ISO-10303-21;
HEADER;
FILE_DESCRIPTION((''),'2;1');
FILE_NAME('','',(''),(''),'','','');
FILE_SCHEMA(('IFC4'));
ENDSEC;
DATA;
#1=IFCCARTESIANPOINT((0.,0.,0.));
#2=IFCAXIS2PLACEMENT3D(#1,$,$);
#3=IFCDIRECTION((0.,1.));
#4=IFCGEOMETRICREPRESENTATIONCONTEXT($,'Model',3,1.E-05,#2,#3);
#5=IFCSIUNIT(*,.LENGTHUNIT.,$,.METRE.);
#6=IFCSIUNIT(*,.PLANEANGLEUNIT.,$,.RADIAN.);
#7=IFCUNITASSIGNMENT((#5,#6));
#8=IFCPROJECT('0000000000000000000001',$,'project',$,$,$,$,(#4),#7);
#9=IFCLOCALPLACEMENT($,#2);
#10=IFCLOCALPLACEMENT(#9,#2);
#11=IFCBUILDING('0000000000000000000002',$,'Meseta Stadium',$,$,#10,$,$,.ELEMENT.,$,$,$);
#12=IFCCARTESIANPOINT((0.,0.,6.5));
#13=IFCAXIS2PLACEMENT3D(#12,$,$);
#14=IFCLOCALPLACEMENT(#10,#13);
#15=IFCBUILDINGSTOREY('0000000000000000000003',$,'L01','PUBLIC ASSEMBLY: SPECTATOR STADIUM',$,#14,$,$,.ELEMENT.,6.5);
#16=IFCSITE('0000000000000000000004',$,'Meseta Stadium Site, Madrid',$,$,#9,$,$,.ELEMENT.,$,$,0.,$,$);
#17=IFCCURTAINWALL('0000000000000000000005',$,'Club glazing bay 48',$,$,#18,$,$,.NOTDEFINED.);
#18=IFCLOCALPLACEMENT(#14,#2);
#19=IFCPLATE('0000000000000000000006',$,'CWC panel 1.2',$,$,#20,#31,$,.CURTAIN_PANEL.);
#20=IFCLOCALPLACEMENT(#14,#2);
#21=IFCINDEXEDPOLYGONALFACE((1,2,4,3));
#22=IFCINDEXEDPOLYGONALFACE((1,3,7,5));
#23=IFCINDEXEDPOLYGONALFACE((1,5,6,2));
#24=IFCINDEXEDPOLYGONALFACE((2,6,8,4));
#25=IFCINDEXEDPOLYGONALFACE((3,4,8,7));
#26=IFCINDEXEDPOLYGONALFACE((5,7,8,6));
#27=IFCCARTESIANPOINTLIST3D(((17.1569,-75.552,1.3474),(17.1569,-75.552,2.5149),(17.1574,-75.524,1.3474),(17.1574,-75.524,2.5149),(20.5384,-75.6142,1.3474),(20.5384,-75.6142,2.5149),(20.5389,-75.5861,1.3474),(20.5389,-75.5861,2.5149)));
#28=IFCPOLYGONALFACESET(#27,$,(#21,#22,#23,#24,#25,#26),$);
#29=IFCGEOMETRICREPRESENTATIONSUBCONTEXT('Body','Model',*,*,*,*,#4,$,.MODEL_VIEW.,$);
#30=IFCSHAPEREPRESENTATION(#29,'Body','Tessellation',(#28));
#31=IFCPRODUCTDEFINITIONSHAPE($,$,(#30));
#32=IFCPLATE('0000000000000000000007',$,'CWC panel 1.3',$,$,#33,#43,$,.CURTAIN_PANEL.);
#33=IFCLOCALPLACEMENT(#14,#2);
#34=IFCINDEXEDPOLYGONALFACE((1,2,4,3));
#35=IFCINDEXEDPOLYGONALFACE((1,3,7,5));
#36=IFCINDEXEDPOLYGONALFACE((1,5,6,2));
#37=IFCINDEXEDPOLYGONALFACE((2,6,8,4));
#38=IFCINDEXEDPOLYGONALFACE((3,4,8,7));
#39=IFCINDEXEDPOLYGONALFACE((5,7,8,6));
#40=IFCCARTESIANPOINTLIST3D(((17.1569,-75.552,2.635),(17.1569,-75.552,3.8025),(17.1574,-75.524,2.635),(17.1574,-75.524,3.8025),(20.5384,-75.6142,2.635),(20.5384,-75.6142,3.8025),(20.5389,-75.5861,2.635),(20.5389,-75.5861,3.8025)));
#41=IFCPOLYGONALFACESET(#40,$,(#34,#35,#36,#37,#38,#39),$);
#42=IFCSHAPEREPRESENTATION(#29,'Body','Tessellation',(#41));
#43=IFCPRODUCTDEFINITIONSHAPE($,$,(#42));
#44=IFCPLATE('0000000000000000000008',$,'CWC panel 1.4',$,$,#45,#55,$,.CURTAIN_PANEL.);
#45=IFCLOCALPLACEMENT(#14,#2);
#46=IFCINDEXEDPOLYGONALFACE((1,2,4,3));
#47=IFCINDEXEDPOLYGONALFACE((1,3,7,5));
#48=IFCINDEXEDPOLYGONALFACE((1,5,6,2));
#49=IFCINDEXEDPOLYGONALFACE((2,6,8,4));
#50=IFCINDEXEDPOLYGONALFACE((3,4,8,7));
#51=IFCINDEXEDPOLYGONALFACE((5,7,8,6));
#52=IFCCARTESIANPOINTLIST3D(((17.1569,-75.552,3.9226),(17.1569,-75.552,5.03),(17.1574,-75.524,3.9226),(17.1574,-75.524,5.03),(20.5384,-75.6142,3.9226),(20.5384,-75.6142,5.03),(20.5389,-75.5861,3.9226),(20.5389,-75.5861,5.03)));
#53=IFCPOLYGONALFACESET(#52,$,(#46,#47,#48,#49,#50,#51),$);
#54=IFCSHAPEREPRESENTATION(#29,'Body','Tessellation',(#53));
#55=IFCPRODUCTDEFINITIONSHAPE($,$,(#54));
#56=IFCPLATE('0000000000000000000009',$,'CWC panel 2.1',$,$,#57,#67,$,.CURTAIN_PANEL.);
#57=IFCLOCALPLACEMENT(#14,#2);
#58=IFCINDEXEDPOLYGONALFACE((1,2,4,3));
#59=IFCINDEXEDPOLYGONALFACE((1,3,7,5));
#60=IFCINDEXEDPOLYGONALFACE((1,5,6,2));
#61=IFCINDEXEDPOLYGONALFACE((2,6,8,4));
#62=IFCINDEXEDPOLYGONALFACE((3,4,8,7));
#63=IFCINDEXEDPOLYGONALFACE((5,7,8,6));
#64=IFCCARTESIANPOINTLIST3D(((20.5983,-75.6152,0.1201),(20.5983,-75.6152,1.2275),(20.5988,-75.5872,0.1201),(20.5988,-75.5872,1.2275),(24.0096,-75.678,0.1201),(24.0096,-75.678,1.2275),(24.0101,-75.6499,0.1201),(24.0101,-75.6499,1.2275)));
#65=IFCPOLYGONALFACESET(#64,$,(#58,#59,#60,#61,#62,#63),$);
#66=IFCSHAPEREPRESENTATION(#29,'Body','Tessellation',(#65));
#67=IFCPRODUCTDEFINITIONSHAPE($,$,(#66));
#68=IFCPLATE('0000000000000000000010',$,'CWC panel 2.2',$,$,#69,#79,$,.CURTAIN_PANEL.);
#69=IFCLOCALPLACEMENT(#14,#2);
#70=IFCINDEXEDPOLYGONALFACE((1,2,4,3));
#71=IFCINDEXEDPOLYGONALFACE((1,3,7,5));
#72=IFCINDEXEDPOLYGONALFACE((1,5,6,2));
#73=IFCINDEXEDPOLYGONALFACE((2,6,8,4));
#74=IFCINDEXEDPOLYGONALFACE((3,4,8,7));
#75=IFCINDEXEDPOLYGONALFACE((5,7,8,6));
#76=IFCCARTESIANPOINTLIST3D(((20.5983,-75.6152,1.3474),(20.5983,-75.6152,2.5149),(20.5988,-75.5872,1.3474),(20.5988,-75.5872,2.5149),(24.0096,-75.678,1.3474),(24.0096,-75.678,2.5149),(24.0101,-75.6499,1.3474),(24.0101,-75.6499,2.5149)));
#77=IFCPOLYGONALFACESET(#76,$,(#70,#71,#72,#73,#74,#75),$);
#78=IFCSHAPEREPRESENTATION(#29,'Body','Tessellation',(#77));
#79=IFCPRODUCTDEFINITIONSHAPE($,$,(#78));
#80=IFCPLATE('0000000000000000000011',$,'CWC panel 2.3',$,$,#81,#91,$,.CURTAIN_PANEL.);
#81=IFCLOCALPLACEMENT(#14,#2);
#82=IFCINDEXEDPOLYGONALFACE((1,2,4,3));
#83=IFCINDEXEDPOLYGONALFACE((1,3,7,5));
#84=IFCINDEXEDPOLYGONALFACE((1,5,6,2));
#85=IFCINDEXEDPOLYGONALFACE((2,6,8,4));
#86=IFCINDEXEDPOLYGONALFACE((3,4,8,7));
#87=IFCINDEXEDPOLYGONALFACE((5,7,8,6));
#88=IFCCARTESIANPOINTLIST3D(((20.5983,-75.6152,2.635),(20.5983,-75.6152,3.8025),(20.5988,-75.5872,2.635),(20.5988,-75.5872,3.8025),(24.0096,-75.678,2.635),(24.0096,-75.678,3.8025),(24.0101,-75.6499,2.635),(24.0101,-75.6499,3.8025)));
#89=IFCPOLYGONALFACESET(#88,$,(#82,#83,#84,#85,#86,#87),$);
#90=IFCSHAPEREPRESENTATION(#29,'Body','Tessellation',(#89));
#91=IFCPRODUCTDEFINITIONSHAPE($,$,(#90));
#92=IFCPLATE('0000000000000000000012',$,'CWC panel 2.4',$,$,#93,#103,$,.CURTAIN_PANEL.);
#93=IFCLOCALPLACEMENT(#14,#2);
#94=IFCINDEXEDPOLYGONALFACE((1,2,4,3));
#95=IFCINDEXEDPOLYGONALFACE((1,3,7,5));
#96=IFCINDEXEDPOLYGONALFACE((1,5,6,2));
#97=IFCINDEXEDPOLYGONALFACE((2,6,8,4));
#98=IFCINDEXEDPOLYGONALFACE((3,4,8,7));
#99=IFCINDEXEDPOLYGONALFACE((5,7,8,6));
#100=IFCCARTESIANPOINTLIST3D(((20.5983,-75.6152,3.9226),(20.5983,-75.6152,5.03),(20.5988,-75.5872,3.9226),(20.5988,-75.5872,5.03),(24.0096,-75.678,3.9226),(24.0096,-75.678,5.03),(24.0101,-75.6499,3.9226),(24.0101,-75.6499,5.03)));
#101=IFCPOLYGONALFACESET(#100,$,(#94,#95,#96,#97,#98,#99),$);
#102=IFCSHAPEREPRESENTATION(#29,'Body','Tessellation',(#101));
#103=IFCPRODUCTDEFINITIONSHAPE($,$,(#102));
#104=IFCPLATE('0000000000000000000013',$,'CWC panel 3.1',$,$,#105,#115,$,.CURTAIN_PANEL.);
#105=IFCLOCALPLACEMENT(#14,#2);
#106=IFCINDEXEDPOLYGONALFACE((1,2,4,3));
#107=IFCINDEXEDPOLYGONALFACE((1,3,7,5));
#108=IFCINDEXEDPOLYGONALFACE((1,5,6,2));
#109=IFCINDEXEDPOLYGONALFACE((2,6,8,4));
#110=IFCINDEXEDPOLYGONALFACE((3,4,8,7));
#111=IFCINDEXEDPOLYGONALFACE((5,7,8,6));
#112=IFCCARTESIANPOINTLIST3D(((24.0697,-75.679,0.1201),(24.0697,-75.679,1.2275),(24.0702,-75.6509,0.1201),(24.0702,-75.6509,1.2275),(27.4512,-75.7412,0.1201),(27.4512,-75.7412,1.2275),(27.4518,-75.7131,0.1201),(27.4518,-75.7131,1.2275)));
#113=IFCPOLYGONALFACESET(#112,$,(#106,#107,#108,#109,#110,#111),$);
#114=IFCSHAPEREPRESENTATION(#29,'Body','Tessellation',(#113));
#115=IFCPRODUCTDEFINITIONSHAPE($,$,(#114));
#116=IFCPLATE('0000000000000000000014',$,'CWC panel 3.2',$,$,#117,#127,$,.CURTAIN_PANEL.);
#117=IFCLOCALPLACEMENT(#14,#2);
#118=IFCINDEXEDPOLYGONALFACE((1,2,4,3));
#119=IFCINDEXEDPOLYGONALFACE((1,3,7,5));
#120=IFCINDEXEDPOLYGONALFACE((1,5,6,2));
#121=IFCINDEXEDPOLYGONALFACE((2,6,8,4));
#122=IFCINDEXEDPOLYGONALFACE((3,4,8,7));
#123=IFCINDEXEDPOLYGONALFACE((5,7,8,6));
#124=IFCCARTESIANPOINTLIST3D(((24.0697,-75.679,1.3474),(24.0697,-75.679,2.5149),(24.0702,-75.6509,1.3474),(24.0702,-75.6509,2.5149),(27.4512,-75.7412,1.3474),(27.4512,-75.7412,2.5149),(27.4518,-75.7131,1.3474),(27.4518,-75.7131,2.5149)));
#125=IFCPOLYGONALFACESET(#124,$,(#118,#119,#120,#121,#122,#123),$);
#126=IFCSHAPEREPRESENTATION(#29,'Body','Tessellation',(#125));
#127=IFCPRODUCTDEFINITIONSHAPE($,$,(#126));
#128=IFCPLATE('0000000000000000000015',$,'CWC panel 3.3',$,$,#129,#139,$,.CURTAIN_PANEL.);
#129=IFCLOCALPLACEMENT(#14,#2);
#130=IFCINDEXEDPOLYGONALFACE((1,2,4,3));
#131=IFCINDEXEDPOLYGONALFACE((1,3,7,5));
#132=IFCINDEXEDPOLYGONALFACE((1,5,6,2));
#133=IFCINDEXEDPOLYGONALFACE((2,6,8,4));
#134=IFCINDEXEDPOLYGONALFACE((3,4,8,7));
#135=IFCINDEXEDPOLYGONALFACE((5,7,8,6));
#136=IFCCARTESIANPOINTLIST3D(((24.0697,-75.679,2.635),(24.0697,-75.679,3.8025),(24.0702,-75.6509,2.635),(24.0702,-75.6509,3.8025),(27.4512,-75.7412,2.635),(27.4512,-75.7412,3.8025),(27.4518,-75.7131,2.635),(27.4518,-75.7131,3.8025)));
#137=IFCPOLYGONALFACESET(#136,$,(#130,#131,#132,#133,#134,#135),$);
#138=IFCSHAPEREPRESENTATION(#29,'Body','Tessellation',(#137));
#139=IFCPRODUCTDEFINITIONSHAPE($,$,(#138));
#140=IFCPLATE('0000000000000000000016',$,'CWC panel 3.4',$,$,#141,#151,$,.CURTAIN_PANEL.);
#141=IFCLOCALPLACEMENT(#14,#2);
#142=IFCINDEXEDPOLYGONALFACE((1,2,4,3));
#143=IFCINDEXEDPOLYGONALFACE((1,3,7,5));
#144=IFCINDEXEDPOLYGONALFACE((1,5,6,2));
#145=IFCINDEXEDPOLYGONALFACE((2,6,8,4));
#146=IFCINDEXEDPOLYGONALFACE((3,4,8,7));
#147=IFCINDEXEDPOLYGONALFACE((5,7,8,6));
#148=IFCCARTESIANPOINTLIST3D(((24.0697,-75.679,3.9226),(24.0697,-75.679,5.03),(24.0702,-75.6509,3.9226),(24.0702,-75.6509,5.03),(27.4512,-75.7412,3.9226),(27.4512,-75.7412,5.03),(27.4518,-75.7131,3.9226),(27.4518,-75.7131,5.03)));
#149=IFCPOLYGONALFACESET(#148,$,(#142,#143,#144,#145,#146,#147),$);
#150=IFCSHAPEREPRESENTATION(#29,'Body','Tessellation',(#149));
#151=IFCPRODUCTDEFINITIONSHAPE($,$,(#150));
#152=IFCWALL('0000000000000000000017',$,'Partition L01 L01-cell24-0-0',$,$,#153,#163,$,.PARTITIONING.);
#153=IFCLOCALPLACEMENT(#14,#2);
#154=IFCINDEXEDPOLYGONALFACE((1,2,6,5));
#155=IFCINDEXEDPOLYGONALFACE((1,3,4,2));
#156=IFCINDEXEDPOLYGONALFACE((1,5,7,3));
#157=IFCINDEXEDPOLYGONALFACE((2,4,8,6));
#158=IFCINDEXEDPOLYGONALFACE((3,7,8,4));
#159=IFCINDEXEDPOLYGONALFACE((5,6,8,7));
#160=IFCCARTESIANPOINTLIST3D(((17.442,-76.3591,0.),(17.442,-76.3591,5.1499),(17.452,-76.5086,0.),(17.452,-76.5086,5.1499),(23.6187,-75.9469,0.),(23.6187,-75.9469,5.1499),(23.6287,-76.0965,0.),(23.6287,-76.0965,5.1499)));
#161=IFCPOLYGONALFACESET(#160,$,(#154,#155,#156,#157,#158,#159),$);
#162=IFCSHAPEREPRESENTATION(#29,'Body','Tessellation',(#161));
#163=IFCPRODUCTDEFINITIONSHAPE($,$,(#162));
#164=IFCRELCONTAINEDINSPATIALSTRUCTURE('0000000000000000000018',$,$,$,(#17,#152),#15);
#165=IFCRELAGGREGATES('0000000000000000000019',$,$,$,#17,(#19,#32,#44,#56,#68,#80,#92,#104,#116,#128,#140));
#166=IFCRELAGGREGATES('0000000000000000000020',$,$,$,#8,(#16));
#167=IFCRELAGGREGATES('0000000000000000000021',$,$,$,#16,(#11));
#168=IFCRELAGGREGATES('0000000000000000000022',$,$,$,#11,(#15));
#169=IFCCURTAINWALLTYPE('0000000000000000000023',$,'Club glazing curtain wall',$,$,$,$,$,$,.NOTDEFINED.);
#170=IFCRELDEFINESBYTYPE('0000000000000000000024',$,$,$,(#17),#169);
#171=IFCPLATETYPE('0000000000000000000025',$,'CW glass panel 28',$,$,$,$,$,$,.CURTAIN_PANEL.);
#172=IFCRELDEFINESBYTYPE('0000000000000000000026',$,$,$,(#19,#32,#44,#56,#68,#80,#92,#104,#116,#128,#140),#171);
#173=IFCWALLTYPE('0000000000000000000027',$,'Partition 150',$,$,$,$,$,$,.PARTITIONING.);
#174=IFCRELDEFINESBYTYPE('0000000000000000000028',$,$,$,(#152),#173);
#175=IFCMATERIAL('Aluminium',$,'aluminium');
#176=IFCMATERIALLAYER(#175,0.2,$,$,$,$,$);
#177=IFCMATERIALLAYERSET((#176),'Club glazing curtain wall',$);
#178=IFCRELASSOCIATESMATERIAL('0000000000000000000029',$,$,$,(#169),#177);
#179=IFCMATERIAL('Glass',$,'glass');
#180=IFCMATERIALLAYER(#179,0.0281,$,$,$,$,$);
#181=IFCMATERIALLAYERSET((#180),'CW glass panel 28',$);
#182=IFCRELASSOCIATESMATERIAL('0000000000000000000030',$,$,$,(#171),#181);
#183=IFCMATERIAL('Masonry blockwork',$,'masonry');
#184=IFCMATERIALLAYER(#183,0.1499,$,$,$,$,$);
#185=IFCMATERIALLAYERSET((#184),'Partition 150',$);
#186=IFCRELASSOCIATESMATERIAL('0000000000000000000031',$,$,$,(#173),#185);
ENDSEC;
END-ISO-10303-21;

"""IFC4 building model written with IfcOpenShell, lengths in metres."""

from ifc_helpers import new_model, si_unit, direction, frame, frame_2d, origin, origin_2d, place, context, subcontext, project, spatial, rectangle, extrude, material, layer, layer_set, type_object, element, aggregate, save


model = new_model("IFC4")

# Units and contexts
model_context = context("Model", 3, precision=1e-05, world=origin(), true_north=direction((0.0, 1.0)))
body_context = subcontext(model_context, "Body", "Model", "MODEL_VIEW")
ifc_project = project(units=[si_unit("LENGTHUNIT", "METRE"), si_unit("PLANEANGLEUNIT", "RADIAN")], contexts=[model_context])

# Site, building, storey
site_placement = place(None, origin())
site = spatial("IfcSite", under=ifc_project, at=site_placement, Name="Meseta Stadium Site, Madrid", CompositionType="ELEMENT", RefElevation=0.0)
building_placement = place(site_placement, origin())
building = spatial("IfcBuilding", under=site, at=building_placement, Name="Meseta Stadium", CompositionType="ELEMENT")
storey_placement = place(building_placement, frame((0.0, 0.0, 6.5)))
storey = spatial("IfcBuildingStorey", under=building, at=storey_placement, Name="L01", Description="PUBLIC ASSEMBLY: SPECTATOR STADIUM", CompositionType="ELEMENT", Elevation=6.5)

# Curtain wall
ifc_material_1 = material(Name="Aluminium", Category="aluminium")
ifc_layer_1 = layer(ifc_material_1, 0.2)
ifc_layer_set_1 = layer_set([ifc_layer_1], Name="Club glazing curtain wall")
curtain_wall_type = type_object("IfcCurtainWallType", Name="Club glazing curtain wall", PredefinedType="NOTDEFINED", material=ifc_layer_set_1)
curtain_wall_placement = place(storey_placement, origin())
curtain_wall = element("IfcCurtainWall", 1, at=curtain_wall_placement, inside=storey, type_object=curtain_wall_type, Name="Club glazing bay 48", PredefinedType="NOTDEFINED")

# Plates
ifc_material_2 = material(Name="Glass", Category="glass")
ifc_layer_2 = layer(ifc_material_2, 0.0281)
ifc_layer_set_2 = layer_set([ifc_layer_2], Name="CW glass panel 28")
plate_type = type_object("IfcPlateType", Name="CW glass panel 28", PredefinedType="CURTAIN_PANEL", material=ifc_layer_set_2)
plate_1_placement = place(storey_placement, frame((18.8479, -75.5691, 1.3474), z_axis=(0.0, 0.0, 1.0), x_axis=(0.999831, -0.018384, 0.0)))
plate_1 = element("IfcPlate", 2, at=plate_1_placement, type_object=plate_type, Name="CWC panel 1.2", PredefinedType="CURTAIN_PANEL", context=body_context, shape_type="SweptSolid", body=[
    extrude(rectangle(XDim=3.3821, YDim=0.0281, at=origin_2d()), origin(), (0.0, 0.0, 1.0), 1.1675),
])
plate_2_placement = place(storey_placement, frame((18.8479, -75.5691, 2.635), z_axis=(0.0, 0.0, 1.0), x_axis=(0.999831, -0.018384, 0.0)))
plate_2 = element("IfcPlate", 3, at=plate_2_placement, type_object=plate_type, Name="CWC panel 1.3", PredefinedType="CURTAIN_PANEL", context=body_context, shape_type="SweptSolid", body=[
    extrude(rectangle(XDim=3.3821, YDim=0.0281, at=origin_2d()), origin(), (0.0, 0.0, 1.0), 1.1675),
])
plate_3_placement = place(storey_placement, frame((18.8479, -75.5691, 3.9226), z_axis=(0.0, 0.0, 1.0), x_axis=(0.999831, -0.018384, 0.0)))
plate_3 = element("IfcPlate", 4, at=plate_3_placement, type_object=plate_type, Name="CWC panel 1.4", PredefinedType="CURTAIN_PANEL", context=body_context, shape_type="SweptSolid", body=[
    extrude(rectangle(XDim=3.3821, YDim=0.0281, at=origin_2d()), origin(), (0.0, 0.0, 1.0), 1.1074),
])
plate_4_placement = place(storey_placement, frame((22.3042, -75.6326, 0.1201), z_axis=(0.0, 0.0, 1.0), x_axis=(0.999831, -0.018384, 0.0)))
plate_4 = element("IfcPlate", 5, at=plate_4_placement, type_object=plate_type, Name="CWC panel 2.1", PredefinedType="CURTAIN_PANEL", context=body_context, shape_type="SweptSolid", body=[
    extrude(rectangle(XDim=3.4119, YDim=0.0281, at=origin_2d()), origin(), (0.0, 0.0, 1.0), 1.1074),
])
plate_5_placement = place(storey_placement, frame((22.3042, -75.6326, 1.3474), z_axis=(0.0, 0.0, 1.0), x_axis=(0.999831, -0.018384, 0.0)))
plate_5 = element("IfcPlate", 6, at=plate_5_placement, type_object=plate_type, Name="CWC panel 2.2", PredefinedType="CURTAIN_PANEL", context=body_context, shape_type="SweptSolid", body=[
    extrude(rectangle(XDim=3.4119, YDim=0.0281, at=origin_2d()), origin(), (0.0, 0.0, 1.0), 1.1675),
])
plate_6_placement = place(storey_placement, frame((22.3042, -75.6326, 2.635), z_axis=(0.0, 0.0, 1.0), x_axis=(0.999831, -0.018384, 0.0)))
plate_6 = element("IfcPlate", 7, at=plate_6_placement, type_object=plate_type, Name="CWC panel 2.3", PredefinedType="CURTAIN_PANEL", context=body_context, shape_type="SweptSolid", body=[
    extrude(rectangle(XDim=3.4119, YDim=0.0281, at=origin_2d()), origin(), (0.0, 0.0, 1.0), 1.1675),
])
plate_7_placement = place(storey_placement, frame((22.3042, -75.6326, 3.9226), z_axis=(0.0, 0.0, 1.0), x_axis=(0.999831, -0.018384, 0.0)))
plate_7 = element("IfcPlate", 8, at=plate_7_placement, type_object=plate_type, Name="CWC panel 2.4", PredefinedType="CURTAIN_PANEL", context=body_context, shape_type="SweptSolid", body=[
    extrude(rectangle(XDim=3.4119, YDim=0.0281, at=origin_2d()), origin(), (0.0, 0.0, 1.0), 1.1074),
])
plate_8_placement = place(storey_placement, frame((25.7607, -75.696, 0.1201), z_axis=(0.0, 0.0, 1.0), x_axis=(0.999831, -0.018384, 0.0)))
plate_8 = element("IfcPlate", 9, at=plate_8_placement, type_object=plate_type, Name="CWC panel 3.1", PredefinedType="CURTAIN_PANEL", context=body_context, shape_type="SweptSolid", body=[
    extrude(rectangle(XDim=3.3821, YDim=0.0281, at=origin_2d()), origin(), (0.0, 0.0, 1.0), 1.1074),
])
plate_9_placement = place(storey_placement, frame((25.7607, -75.696, 1.3474), z_axis=(0.0, 0.0, 1.0), x_axis=(0.999831, -0.018384, 0.0)))
plate_9 = element("IfcPlate", 10, at=plate_9_placement, type_object=plate_type, Name="CWC panel 3.2", PredefinedType="CURTAIN_PANEL", context=body_context, shape_type="SweptSolid", body=[
    extrude(rectangle(XDim=3.3821, YDim=0.0281, at=origin_2d()), origin(), (0.0, 0.0, 1.0), 1.1675),
])
plate_10_placement = place(storey_placement, frame((25.7607, -75.696, 2.635), z_axis=(0.0, 0.0, 1.0), x_axis=(0.999831, -0.018384, 0.0)))
plate_10 = element("IfcPlate", 11, at=plate_10_placement, type_object=plate_type, Name="CWC panel 3.3", PredefinedType="CURTAIN_PANEL", context=body_context, shape_type="SweptSolid", body=[
    extrude(rectangle(XDim=3.3821, YDim=0.0281, at=origin_2d()), origin(), (0.0, 0.0, 1.0), 1.1675),
])
plate_11_placement = place(storey_placement, frame((25.7607, -75.696, 3.9226), z_axis=(0.0, 0.0, 1.0), x_axis=(0.999831, -0.018384, 0.0)))
plate_11 = element("IfcPlate", 12, at=plate_11_placement, type_object=plate_type, Name="CWC panel 3.4", PredefinedType="CURTAIN_PANEL", context=body_context, shape_type="SweptSolid", body=[
    extrude(rectangle(XDim=3.3821, YDim=0.0281, at=origin_2d()), origin(), (0.0, 0.0, 1.0), 1.1074),
])
aggregate(curtain_wall, [plate_1, plate_2, plate_3, plate_4, plate_5, plate_6, plate_7, plate_8, plate_9, plate_10, plate_11])

# Wall
ifc_material_3 = material(Name="Masonry blockwork", Category="masonry")
ifc_layer_3 = layer(ifc_material_3, 0.1499)
ifc_layer_set_3 = layer_set([ifc_layer_3], Name="Partition 150")
wall_type = type_object("IfcWallType", Name="Partition 150", PredefinedType="PARTITIONING", material=ifc_layer_set_3)
wall_placement = place(storey_placement, frame((17.447, -76.4338, 0.0), z_axis=(0.0, 0.0, 1.0), x_axis=(0.997782, 0.066571, 0.0)))
element("IfcWall", 13, at=wall_placement, inside=storey, type_object=wall_type, Name="Partition L01 L01-cell24-0-0", PredefinedType="PARTITIONING", context=body_context, shape_type="SweptSolid", body=[
    extrude(rectangle(XDim=6.1904, YDim=0.1499, at=frame_2d((3.0952, 0.0))), origin(), (0.0, 0.0, 1.0), 5.1499),
])

save(model, "model.ifc")
